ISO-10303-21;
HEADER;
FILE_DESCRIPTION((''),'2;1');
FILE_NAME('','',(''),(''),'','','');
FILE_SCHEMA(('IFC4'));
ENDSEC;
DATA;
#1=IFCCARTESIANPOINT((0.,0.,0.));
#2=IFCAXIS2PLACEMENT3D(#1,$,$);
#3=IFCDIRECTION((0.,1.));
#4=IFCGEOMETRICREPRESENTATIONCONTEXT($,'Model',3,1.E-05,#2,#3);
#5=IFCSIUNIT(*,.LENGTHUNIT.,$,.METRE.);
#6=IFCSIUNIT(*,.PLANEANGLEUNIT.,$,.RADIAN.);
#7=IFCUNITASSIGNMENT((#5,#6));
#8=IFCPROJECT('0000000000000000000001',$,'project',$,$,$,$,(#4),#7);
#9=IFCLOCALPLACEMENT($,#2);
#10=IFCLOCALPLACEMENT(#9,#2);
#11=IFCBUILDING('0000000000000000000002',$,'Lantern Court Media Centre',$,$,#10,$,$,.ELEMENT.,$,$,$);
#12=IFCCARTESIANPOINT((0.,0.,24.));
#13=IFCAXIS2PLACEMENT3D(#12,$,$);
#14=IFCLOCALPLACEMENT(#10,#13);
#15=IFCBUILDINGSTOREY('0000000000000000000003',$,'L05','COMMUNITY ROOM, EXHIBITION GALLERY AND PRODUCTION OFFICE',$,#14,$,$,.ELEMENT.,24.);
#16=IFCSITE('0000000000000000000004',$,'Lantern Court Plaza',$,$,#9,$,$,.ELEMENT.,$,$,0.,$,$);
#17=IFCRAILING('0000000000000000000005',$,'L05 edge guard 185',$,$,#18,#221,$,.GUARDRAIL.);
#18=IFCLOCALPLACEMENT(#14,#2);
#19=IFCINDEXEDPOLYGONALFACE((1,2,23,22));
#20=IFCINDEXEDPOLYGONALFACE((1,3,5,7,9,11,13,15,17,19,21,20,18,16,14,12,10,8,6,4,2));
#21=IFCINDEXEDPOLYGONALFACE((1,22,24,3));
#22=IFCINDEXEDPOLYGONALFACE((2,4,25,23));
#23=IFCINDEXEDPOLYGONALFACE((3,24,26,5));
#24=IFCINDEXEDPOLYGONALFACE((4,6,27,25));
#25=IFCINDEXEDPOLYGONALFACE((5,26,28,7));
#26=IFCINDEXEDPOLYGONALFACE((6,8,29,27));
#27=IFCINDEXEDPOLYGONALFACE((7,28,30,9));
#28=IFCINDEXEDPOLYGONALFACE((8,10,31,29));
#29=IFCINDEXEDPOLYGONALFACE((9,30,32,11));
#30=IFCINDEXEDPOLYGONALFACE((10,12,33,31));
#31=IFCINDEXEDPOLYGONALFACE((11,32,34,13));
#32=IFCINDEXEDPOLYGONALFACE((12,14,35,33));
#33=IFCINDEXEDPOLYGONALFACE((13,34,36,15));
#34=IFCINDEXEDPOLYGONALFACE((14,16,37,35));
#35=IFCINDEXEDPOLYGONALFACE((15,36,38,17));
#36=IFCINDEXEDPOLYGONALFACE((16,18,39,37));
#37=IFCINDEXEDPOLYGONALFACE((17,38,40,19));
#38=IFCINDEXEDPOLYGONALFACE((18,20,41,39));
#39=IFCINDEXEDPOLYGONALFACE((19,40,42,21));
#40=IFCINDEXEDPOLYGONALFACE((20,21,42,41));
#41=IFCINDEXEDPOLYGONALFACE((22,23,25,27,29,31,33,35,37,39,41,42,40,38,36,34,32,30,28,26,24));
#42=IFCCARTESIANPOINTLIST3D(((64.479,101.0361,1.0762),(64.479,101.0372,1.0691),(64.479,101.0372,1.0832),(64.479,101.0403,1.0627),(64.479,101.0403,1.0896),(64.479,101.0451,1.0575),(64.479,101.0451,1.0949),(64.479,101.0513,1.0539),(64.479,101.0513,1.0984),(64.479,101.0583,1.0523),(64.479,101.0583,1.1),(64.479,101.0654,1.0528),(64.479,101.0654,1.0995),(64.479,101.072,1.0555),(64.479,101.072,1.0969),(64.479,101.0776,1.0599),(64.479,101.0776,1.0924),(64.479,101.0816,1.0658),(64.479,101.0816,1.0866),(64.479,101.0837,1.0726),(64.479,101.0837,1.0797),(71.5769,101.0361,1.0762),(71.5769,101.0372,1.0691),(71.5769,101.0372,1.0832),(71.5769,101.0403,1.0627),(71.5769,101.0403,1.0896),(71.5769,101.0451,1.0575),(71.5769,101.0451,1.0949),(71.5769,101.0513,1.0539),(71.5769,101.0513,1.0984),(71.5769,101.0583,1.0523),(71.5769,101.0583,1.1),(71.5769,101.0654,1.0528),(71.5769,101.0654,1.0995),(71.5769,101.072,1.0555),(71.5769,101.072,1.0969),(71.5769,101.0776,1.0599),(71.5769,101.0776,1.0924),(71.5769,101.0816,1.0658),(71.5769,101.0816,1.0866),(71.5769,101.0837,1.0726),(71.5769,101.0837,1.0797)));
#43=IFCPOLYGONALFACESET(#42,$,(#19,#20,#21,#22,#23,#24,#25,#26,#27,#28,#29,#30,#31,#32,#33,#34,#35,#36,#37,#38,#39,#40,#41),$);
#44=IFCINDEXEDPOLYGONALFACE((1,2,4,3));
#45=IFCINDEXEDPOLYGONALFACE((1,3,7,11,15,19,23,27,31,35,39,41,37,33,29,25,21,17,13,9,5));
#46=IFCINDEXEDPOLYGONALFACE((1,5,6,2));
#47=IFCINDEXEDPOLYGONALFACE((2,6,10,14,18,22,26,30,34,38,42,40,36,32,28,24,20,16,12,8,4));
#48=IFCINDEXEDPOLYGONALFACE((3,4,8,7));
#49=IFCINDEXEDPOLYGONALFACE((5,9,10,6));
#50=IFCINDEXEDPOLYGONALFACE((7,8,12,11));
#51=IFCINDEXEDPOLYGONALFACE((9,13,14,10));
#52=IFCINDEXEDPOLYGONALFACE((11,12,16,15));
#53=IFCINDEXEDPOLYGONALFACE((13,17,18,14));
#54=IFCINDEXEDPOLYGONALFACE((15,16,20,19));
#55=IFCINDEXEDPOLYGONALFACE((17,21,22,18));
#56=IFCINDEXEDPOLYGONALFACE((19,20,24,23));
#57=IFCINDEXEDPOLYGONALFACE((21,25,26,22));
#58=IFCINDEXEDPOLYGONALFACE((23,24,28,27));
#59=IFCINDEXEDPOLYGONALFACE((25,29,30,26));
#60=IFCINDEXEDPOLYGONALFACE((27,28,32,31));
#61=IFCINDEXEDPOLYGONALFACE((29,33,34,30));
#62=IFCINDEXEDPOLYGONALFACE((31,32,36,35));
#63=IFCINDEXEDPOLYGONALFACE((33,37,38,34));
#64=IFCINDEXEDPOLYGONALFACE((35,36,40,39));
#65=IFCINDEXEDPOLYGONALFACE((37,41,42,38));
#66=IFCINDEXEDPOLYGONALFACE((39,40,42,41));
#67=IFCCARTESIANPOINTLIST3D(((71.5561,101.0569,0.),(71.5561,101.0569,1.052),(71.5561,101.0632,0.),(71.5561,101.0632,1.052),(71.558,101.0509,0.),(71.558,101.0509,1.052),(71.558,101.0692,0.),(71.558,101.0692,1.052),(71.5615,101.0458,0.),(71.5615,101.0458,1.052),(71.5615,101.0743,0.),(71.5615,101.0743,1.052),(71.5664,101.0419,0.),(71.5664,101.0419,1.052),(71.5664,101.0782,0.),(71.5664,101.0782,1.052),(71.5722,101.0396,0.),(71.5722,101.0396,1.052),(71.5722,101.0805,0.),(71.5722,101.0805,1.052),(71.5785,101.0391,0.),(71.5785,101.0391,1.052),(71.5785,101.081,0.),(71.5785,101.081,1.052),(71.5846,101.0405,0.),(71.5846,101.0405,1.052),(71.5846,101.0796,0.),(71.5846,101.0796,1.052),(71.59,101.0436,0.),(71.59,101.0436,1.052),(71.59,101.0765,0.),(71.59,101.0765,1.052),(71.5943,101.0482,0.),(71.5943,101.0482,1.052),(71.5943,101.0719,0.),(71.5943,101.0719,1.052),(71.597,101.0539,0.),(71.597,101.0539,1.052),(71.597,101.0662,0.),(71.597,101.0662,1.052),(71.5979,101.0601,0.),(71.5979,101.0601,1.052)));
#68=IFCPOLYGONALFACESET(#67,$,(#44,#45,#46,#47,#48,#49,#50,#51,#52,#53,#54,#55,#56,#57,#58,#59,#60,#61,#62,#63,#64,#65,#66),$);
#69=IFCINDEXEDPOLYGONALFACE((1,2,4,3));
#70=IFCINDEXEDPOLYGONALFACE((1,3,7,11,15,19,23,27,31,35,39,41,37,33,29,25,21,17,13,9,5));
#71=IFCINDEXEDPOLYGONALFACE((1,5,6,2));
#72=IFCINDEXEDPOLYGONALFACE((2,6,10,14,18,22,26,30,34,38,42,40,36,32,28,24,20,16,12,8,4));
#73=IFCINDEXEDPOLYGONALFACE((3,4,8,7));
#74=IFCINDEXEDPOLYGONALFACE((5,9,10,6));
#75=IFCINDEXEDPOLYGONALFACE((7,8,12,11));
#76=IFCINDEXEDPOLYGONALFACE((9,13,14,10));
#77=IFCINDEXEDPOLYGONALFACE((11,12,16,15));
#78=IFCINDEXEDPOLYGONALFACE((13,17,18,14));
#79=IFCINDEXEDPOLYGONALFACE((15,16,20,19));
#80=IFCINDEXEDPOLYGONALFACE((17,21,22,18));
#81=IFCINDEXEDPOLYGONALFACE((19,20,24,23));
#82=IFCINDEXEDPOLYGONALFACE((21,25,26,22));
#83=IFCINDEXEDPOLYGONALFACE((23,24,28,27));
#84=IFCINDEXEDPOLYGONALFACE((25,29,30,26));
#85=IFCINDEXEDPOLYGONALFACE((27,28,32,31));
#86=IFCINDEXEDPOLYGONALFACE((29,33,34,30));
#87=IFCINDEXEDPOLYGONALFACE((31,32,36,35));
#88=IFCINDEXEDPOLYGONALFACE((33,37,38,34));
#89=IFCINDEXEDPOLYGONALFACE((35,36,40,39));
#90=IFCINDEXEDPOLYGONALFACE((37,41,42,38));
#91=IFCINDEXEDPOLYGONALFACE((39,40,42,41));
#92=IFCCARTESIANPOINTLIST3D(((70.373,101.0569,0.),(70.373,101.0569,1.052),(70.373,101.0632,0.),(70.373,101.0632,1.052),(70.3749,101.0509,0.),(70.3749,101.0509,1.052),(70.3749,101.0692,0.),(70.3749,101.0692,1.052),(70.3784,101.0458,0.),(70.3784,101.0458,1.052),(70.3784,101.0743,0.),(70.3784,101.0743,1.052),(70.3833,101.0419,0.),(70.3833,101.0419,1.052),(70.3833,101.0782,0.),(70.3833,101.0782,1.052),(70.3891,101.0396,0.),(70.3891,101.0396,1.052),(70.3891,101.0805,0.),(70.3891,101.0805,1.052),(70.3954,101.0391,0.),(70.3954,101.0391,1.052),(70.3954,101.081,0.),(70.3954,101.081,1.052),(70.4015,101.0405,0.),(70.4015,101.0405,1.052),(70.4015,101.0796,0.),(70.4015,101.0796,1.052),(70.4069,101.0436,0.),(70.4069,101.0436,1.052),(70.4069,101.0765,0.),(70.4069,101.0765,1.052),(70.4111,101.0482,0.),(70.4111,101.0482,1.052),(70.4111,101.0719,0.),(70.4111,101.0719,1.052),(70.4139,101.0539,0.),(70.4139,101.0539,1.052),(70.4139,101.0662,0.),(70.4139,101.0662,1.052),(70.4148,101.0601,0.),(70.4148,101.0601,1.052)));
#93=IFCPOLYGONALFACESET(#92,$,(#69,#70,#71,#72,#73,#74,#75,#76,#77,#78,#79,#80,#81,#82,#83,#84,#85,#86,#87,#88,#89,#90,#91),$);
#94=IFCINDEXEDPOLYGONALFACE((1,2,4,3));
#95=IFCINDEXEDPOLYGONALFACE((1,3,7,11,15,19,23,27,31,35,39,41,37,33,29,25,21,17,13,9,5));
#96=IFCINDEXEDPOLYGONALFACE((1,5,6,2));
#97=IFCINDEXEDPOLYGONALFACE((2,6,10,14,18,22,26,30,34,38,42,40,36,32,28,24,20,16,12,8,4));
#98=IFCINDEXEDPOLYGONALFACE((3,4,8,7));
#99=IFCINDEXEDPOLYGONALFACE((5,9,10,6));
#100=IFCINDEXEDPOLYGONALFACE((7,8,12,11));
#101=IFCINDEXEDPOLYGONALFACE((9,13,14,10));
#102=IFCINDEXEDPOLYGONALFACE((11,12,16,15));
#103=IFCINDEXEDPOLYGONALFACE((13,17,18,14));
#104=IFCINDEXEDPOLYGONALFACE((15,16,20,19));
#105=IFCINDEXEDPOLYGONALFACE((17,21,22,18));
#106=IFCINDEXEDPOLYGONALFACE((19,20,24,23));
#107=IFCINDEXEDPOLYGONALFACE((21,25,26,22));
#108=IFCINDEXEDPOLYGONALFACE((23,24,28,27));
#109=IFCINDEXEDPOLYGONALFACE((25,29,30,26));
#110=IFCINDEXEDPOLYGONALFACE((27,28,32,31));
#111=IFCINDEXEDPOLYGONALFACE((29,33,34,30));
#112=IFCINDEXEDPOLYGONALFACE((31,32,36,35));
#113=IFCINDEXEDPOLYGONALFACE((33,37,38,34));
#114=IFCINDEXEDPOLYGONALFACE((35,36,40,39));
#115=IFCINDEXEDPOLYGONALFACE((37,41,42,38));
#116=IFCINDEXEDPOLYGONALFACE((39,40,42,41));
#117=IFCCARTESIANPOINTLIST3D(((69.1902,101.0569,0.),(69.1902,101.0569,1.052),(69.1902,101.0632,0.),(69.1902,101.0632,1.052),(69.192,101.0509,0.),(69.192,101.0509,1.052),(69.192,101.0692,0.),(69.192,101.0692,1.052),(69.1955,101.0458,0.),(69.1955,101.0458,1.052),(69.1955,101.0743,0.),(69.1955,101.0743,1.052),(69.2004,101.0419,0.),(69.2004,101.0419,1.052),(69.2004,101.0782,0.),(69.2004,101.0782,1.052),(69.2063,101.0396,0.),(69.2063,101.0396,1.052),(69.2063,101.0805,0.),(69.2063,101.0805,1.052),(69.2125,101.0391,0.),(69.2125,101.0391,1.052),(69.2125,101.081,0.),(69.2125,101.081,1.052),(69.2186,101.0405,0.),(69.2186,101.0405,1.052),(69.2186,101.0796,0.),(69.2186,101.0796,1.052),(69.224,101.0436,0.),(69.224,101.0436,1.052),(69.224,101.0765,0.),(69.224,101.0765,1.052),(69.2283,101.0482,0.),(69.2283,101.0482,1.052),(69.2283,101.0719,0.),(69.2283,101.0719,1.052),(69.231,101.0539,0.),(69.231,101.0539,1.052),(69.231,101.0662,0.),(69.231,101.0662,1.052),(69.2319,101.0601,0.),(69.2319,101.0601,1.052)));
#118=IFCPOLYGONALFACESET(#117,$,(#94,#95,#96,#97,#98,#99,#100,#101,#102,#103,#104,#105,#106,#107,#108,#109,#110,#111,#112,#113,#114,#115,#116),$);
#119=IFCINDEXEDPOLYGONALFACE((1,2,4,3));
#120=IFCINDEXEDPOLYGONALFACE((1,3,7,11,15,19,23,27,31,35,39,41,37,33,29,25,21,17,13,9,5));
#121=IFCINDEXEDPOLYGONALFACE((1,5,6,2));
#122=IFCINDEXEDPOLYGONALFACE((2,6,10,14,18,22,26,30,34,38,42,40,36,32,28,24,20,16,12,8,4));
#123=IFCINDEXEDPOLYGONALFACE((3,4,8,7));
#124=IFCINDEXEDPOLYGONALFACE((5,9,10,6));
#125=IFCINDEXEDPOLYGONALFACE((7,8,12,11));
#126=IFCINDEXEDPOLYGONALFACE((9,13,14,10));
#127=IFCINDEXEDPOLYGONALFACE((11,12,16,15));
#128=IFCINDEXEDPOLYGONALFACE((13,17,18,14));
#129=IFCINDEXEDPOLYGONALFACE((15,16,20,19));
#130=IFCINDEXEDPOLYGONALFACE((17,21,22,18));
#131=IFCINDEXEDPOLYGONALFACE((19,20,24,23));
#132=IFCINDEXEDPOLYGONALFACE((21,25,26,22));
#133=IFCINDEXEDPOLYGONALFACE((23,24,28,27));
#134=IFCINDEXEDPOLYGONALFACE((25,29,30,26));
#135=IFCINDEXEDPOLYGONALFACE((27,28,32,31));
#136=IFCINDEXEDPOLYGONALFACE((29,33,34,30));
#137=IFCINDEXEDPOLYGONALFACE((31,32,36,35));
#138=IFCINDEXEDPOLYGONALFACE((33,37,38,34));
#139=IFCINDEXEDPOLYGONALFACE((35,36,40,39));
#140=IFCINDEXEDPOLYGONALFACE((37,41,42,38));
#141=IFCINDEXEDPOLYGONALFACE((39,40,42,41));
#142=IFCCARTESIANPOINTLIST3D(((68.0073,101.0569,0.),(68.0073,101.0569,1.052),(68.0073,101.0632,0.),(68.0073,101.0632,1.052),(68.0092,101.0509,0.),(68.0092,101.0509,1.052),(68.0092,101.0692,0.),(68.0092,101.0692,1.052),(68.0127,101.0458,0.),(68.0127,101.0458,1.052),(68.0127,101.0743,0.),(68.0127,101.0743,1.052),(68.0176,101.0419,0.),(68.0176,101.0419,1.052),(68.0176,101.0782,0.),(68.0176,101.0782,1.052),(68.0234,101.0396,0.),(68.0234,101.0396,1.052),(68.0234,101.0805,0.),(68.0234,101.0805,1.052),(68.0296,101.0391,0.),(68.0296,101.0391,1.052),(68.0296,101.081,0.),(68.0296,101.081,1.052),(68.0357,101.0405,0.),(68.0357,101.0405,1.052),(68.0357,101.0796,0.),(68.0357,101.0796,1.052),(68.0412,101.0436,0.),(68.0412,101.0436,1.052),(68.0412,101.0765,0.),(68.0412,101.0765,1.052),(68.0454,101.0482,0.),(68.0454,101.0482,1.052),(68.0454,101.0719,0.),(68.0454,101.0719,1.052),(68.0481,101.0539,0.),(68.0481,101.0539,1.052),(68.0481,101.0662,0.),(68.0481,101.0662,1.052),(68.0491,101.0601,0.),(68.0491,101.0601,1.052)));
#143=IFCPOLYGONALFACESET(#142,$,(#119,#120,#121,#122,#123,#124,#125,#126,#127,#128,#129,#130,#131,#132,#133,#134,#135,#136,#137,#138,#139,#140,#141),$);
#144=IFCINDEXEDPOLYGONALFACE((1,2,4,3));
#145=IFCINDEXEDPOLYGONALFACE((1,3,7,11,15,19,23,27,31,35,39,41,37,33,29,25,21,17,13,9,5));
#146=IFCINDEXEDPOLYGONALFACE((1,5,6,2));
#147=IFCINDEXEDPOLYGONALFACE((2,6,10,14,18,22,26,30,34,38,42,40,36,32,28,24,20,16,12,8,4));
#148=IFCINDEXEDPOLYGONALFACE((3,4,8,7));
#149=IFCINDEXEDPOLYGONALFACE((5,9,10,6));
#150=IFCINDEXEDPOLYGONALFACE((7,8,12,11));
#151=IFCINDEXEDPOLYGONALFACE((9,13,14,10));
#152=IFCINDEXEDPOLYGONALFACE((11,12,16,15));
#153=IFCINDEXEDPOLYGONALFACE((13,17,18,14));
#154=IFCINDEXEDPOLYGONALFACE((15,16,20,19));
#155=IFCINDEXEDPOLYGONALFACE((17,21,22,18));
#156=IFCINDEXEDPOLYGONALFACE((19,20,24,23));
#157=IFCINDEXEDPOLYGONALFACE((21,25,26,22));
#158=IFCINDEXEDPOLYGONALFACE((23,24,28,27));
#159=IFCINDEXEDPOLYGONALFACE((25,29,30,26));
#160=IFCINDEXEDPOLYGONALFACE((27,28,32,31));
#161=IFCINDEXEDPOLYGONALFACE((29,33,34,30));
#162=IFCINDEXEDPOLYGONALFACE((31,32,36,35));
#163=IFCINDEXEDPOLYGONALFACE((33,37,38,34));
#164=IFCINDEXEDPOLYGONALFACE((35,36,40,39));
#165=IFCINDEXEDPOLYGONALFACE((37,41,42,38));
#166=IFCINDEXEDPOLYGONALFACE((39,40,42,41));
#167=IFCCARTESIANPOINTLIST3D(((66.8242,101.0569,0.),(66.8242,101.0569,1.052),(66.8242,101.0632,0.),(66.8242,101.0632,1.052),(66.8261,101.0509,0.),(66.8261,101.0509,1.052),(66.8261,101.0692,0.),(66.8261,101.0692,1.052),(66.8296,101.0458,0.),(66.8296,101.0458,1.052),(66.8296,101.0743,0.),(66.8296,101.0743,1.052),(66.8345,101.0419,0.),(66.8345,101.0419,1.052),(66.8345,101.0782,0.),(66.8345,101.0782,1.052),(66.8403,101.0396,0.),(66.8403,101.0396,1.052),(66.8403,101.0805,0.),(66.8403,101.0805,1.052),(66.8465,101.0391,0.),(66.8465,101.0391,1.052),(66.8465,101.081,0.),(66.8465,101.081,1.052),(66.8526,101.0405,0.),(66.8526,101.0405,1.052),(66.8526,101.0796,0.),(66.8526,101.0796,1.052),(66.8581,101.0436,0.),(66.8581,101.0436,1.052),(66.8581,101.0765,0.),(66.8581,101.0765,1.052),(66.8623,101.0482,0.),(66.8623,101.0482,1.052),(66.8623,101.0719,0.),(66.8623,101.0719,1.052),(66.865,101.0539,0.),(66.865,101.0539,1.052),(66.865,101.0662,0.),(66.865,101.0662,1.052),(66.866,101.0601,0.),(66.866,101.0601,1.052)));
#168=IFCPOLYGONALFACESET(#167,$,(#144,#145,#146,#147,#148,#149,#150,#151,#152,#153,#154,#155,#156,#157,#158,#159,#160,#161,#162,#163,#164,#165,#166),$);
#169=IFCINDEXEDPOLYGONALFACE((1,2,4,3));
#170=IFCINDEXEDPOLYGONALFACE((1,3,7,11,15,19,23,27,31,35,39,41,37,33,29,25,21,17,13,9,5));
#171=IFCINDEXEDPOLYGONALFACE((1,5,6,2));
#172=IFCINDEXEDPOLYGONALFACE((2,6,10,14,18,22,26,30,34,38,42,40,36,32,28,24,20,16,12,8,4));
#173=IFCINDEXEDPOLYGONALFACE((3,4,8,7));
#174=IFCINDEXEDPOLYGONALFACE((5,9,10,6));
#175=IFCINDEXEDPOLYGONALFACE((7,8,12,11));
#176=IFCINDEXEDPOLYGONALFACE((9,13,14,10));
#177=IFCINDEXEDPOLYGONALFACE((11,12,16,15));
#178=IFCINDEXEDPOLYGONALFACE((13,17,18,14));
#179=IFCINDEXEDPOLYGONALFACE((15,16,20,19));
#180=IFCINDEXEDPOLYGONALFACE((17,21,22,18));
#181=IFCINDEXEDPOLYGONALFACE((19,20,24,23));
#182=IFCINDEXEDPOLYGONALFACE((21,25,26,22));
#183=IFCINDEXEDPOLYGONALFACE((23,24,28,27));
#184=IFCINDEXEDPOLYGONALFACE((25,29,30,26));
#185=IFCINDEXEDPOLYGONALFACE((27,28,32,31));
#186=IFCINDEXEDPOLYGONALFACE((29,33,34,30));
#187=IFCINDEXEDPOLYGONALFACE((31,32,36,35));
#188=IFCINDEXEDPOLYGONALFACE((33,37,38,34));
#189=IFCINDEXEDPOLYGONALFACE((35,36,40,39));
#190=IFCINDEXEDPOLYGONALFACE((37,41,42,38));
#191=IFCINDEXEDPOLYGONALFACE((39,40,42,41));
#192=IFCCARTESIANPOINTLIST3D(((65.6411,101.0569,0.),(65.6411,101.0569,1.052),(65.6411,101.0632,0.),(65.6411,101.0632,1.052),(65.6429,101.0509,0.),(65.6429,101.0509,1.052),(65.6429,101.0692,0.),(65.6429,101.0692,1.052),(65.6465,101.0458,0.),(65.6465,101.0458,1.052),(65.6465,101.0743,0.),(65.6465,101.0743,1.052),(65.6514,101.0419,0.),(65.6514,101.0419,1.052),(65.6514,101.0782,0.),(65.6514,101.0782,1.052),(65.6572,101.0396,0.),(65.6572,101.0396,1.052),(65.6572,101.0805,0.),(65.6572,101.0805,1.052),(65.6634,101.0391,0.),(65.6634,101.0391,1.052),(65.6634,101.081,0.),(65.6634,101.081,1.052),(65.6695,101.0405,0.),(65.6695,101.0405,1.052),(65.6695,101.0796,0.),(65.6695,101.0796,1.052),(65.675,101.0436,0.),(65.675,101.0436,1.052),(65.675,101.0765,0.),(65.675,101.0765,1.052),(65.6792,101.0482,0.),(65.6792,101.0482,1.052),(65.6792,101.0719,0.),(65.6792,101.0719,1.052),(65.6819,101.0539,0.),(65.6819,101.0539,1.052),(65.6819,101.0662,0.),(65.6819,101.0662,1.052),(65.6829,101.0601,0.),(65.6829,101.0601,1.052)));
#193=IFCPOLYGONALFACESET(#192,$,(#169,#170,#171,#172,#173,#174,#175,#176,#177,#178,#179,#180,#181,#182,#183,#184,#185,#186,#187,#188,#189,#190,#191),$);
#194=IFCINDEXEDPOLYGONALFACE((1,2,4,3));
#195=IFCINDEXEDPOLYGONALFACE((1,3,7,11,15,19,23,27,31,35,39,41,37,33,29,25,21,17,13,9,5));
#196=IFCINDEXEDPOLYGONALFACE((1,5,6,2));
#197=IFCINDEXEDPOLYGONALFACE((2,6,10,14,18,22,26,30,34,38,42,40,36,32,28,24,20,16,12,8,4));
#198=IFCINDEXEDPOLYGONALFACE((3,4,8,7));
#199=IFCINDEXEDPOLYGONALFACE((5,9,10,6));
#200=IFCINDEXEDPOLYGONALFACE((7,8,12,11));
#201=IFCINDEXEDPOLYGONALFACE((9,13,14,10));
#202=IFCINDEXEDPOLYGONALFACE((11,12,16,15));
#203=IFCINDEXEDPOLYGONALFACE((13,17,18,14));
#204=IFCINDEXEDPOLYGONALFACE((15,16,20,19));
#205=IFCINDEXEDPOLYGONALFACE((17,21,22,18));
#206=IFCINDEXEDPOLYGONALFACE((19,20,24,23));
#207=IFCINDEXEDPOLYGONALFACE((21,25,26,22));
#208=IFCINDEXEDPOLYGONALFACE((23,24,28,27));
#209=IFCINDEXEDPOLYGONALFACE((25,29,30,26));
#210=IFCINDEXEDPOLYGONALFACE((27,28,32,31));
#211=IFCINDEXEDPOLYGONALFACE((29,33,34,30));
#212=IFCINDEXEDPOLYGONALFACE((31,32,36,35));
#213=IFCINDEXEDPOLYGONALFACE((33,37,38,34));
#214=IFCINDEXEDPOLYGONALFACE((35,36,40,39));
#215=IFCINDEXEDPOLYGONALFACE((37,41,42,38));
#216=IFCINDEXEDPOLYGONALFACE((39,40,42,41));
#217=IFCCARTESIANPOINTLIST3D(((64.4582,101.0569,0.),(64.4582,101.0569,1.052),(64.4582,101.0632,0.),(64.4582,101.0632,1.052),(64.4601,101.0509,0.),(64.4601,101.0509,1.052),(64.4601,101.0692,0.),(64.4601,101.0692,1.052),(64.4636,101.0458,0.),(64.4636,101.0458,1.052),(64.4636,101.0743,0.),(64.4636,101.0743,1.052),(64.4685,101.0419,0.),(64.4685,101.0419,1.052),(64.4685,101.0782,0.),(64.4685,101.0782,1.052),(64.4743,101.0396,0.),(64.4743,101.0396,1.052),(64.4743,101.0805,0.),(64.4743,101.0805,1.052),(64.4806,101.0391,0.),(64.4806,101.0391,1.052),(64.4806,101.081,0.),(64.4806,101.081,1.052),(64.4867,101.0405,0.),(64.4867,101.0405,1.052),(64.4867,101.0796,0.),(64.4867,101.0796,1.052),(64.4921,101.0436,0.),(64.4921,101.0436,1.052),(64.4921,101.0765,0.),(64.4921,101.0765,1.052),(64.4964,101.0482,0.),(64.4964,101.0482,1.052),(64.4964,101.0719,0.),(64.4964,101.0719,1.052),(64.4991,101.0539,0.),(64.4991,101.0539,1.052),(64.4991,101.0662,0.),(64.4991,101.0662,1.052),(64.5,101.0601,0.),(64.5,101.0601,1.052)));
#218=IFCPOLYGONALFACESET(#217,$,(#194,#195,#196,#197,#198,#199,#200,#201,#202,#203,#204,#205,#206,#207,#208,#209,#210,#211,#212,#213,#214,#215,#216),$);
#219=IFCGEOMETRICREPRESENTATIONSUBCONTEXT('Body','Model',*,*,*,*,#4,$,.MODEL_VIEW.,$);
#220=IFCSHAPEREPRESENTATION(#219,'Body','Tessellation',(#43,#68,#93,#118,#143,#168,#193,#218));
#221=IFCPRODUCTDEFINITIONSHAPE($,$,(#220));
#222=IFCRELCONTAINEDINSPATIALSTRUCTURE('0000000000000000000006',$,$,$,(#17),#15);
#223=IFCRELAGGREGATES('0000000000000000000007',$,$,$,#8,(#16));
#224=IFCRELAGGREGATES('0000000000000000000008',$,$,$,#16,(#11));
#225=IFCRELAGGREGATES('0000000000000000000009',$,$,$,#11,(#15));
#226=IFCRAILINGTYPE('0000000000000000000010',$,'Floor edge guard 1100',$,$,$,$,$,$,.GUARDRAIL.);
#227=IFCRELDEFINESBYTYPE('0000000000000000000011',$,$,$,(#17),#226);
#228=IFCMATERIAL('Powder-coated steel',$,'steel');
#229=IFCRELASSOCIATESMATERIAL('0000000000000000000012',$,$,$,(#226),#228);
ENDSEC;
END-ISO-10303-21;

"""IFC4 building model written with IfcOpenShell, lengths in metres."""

from ifc_helpers import new_model, si_unit, direction, frame, origin, origin_2d, place, context, subcontext, project, spatial, circle, extrude, material, type_object, element, save


model = new_model("IFC4")

# Units and contexts
model_context = context("Model", 3, precision=1e-05, world=origin(), true_north=direction((0.0, 1.0)))
body_context = subcontext(model_context, "Body", "Model", "MODEL_VIEW")
ifc_project = project(units=[si_unit("LENGTHUNIT", "METRE"), si_unit("PLANEANGLEUNIT", "RADIAN")], contexts=[model_context])

# Site, building, storey
site_placement = place(None, origin())
site = spatial("IfcSite", under=ifc_project, at=site_placement, Name="Lantern Court Plaza", CompositionType="ELEMENT", RefElevation=0.0)
building_placement = place(site_placement, origin())
building = spatial("IfcBuilding", under=site, at=building_placement, Name="Lantern Court Media Centre", CompositionType="ELEMENT")
storey_placement = place(building_placement, frame((0.0, 0.0, 24.0)))
storey = spatial("IfcBuildingStorey", under=building, at=storey_placement, Name="L05", Description="COMMUNITY ROOM, EXHIBITION GALLERY AND PRODUCTION OFFICE", CompositionType="ELEMENT", Elevation=24.0)

# Railing
ifc_material_1 = material(Name="Powder-coated steel", Category="steel")
railing_type = type_object("IfcRailingType", Name="Floor edge guard 1100", PredefinedType="GUARDRAIL", material=ifc_material_1)
railing_placement = place(storey_placement, frame((71.5769, 101.0601, 0.0)))
element("IfcRailing", 1, at=railing_placement, inside=storey, type_object=railing_type, Name="L05 edge guard 185", PredefinedType="GUARDRAIL", context=body_context, shape_type="SweptSolid", body=[
    extrude(circle(Radius=0.0239, at=origin_2d()), frame((0.0, 0.0, 1.0762), z_axis=(-1.0, 0.0, 0.0), x_axis=(0.0, -1.0, 0.0)), (0.0, 0.0, 1.0), 7.0979),
    extrude(circle(Radius=0.021, at=origin_2d()), origin(), (0.0, 0.0, 1.0), 1.052),
    extrude(circle(Radius=0.021, at=origin_2d()), frame((-1.1831, 0.0, 0.0)), (0.0, 0.0, 1.0), 1.052),
    extrude(circle(Radius=0.021, at=origin_2d()), frame((-2.366, 0.0, 0.0)), (0.0, 0.0, 1.0), 1.052),
    extrude(circle(Radius=0.021, at=origin_2d()), frame((-3.5488, 0.0, 0.0)), (0.0, 0.0, 1.0), 1.052),
    extrude(circle(Radius=0.021, at=origin_2d()), frame((-4.7319, 0.0, 0.0)), (0.0, 0.0, 1.0), 1.052),
    extrude(circle(Radius=0.021, at=origin_2d()), frame((-5.915, 0.0, 0.0)), (0.0, 0.0, 1.0), 1.052),
    extrude(circle(Radius=0.021, at=origin_2d()), frame((-7.0979, 0.0, 0.0)), (0.0, 0.0, 1.0), 1.052),
])

save(model, "model.ifc")
